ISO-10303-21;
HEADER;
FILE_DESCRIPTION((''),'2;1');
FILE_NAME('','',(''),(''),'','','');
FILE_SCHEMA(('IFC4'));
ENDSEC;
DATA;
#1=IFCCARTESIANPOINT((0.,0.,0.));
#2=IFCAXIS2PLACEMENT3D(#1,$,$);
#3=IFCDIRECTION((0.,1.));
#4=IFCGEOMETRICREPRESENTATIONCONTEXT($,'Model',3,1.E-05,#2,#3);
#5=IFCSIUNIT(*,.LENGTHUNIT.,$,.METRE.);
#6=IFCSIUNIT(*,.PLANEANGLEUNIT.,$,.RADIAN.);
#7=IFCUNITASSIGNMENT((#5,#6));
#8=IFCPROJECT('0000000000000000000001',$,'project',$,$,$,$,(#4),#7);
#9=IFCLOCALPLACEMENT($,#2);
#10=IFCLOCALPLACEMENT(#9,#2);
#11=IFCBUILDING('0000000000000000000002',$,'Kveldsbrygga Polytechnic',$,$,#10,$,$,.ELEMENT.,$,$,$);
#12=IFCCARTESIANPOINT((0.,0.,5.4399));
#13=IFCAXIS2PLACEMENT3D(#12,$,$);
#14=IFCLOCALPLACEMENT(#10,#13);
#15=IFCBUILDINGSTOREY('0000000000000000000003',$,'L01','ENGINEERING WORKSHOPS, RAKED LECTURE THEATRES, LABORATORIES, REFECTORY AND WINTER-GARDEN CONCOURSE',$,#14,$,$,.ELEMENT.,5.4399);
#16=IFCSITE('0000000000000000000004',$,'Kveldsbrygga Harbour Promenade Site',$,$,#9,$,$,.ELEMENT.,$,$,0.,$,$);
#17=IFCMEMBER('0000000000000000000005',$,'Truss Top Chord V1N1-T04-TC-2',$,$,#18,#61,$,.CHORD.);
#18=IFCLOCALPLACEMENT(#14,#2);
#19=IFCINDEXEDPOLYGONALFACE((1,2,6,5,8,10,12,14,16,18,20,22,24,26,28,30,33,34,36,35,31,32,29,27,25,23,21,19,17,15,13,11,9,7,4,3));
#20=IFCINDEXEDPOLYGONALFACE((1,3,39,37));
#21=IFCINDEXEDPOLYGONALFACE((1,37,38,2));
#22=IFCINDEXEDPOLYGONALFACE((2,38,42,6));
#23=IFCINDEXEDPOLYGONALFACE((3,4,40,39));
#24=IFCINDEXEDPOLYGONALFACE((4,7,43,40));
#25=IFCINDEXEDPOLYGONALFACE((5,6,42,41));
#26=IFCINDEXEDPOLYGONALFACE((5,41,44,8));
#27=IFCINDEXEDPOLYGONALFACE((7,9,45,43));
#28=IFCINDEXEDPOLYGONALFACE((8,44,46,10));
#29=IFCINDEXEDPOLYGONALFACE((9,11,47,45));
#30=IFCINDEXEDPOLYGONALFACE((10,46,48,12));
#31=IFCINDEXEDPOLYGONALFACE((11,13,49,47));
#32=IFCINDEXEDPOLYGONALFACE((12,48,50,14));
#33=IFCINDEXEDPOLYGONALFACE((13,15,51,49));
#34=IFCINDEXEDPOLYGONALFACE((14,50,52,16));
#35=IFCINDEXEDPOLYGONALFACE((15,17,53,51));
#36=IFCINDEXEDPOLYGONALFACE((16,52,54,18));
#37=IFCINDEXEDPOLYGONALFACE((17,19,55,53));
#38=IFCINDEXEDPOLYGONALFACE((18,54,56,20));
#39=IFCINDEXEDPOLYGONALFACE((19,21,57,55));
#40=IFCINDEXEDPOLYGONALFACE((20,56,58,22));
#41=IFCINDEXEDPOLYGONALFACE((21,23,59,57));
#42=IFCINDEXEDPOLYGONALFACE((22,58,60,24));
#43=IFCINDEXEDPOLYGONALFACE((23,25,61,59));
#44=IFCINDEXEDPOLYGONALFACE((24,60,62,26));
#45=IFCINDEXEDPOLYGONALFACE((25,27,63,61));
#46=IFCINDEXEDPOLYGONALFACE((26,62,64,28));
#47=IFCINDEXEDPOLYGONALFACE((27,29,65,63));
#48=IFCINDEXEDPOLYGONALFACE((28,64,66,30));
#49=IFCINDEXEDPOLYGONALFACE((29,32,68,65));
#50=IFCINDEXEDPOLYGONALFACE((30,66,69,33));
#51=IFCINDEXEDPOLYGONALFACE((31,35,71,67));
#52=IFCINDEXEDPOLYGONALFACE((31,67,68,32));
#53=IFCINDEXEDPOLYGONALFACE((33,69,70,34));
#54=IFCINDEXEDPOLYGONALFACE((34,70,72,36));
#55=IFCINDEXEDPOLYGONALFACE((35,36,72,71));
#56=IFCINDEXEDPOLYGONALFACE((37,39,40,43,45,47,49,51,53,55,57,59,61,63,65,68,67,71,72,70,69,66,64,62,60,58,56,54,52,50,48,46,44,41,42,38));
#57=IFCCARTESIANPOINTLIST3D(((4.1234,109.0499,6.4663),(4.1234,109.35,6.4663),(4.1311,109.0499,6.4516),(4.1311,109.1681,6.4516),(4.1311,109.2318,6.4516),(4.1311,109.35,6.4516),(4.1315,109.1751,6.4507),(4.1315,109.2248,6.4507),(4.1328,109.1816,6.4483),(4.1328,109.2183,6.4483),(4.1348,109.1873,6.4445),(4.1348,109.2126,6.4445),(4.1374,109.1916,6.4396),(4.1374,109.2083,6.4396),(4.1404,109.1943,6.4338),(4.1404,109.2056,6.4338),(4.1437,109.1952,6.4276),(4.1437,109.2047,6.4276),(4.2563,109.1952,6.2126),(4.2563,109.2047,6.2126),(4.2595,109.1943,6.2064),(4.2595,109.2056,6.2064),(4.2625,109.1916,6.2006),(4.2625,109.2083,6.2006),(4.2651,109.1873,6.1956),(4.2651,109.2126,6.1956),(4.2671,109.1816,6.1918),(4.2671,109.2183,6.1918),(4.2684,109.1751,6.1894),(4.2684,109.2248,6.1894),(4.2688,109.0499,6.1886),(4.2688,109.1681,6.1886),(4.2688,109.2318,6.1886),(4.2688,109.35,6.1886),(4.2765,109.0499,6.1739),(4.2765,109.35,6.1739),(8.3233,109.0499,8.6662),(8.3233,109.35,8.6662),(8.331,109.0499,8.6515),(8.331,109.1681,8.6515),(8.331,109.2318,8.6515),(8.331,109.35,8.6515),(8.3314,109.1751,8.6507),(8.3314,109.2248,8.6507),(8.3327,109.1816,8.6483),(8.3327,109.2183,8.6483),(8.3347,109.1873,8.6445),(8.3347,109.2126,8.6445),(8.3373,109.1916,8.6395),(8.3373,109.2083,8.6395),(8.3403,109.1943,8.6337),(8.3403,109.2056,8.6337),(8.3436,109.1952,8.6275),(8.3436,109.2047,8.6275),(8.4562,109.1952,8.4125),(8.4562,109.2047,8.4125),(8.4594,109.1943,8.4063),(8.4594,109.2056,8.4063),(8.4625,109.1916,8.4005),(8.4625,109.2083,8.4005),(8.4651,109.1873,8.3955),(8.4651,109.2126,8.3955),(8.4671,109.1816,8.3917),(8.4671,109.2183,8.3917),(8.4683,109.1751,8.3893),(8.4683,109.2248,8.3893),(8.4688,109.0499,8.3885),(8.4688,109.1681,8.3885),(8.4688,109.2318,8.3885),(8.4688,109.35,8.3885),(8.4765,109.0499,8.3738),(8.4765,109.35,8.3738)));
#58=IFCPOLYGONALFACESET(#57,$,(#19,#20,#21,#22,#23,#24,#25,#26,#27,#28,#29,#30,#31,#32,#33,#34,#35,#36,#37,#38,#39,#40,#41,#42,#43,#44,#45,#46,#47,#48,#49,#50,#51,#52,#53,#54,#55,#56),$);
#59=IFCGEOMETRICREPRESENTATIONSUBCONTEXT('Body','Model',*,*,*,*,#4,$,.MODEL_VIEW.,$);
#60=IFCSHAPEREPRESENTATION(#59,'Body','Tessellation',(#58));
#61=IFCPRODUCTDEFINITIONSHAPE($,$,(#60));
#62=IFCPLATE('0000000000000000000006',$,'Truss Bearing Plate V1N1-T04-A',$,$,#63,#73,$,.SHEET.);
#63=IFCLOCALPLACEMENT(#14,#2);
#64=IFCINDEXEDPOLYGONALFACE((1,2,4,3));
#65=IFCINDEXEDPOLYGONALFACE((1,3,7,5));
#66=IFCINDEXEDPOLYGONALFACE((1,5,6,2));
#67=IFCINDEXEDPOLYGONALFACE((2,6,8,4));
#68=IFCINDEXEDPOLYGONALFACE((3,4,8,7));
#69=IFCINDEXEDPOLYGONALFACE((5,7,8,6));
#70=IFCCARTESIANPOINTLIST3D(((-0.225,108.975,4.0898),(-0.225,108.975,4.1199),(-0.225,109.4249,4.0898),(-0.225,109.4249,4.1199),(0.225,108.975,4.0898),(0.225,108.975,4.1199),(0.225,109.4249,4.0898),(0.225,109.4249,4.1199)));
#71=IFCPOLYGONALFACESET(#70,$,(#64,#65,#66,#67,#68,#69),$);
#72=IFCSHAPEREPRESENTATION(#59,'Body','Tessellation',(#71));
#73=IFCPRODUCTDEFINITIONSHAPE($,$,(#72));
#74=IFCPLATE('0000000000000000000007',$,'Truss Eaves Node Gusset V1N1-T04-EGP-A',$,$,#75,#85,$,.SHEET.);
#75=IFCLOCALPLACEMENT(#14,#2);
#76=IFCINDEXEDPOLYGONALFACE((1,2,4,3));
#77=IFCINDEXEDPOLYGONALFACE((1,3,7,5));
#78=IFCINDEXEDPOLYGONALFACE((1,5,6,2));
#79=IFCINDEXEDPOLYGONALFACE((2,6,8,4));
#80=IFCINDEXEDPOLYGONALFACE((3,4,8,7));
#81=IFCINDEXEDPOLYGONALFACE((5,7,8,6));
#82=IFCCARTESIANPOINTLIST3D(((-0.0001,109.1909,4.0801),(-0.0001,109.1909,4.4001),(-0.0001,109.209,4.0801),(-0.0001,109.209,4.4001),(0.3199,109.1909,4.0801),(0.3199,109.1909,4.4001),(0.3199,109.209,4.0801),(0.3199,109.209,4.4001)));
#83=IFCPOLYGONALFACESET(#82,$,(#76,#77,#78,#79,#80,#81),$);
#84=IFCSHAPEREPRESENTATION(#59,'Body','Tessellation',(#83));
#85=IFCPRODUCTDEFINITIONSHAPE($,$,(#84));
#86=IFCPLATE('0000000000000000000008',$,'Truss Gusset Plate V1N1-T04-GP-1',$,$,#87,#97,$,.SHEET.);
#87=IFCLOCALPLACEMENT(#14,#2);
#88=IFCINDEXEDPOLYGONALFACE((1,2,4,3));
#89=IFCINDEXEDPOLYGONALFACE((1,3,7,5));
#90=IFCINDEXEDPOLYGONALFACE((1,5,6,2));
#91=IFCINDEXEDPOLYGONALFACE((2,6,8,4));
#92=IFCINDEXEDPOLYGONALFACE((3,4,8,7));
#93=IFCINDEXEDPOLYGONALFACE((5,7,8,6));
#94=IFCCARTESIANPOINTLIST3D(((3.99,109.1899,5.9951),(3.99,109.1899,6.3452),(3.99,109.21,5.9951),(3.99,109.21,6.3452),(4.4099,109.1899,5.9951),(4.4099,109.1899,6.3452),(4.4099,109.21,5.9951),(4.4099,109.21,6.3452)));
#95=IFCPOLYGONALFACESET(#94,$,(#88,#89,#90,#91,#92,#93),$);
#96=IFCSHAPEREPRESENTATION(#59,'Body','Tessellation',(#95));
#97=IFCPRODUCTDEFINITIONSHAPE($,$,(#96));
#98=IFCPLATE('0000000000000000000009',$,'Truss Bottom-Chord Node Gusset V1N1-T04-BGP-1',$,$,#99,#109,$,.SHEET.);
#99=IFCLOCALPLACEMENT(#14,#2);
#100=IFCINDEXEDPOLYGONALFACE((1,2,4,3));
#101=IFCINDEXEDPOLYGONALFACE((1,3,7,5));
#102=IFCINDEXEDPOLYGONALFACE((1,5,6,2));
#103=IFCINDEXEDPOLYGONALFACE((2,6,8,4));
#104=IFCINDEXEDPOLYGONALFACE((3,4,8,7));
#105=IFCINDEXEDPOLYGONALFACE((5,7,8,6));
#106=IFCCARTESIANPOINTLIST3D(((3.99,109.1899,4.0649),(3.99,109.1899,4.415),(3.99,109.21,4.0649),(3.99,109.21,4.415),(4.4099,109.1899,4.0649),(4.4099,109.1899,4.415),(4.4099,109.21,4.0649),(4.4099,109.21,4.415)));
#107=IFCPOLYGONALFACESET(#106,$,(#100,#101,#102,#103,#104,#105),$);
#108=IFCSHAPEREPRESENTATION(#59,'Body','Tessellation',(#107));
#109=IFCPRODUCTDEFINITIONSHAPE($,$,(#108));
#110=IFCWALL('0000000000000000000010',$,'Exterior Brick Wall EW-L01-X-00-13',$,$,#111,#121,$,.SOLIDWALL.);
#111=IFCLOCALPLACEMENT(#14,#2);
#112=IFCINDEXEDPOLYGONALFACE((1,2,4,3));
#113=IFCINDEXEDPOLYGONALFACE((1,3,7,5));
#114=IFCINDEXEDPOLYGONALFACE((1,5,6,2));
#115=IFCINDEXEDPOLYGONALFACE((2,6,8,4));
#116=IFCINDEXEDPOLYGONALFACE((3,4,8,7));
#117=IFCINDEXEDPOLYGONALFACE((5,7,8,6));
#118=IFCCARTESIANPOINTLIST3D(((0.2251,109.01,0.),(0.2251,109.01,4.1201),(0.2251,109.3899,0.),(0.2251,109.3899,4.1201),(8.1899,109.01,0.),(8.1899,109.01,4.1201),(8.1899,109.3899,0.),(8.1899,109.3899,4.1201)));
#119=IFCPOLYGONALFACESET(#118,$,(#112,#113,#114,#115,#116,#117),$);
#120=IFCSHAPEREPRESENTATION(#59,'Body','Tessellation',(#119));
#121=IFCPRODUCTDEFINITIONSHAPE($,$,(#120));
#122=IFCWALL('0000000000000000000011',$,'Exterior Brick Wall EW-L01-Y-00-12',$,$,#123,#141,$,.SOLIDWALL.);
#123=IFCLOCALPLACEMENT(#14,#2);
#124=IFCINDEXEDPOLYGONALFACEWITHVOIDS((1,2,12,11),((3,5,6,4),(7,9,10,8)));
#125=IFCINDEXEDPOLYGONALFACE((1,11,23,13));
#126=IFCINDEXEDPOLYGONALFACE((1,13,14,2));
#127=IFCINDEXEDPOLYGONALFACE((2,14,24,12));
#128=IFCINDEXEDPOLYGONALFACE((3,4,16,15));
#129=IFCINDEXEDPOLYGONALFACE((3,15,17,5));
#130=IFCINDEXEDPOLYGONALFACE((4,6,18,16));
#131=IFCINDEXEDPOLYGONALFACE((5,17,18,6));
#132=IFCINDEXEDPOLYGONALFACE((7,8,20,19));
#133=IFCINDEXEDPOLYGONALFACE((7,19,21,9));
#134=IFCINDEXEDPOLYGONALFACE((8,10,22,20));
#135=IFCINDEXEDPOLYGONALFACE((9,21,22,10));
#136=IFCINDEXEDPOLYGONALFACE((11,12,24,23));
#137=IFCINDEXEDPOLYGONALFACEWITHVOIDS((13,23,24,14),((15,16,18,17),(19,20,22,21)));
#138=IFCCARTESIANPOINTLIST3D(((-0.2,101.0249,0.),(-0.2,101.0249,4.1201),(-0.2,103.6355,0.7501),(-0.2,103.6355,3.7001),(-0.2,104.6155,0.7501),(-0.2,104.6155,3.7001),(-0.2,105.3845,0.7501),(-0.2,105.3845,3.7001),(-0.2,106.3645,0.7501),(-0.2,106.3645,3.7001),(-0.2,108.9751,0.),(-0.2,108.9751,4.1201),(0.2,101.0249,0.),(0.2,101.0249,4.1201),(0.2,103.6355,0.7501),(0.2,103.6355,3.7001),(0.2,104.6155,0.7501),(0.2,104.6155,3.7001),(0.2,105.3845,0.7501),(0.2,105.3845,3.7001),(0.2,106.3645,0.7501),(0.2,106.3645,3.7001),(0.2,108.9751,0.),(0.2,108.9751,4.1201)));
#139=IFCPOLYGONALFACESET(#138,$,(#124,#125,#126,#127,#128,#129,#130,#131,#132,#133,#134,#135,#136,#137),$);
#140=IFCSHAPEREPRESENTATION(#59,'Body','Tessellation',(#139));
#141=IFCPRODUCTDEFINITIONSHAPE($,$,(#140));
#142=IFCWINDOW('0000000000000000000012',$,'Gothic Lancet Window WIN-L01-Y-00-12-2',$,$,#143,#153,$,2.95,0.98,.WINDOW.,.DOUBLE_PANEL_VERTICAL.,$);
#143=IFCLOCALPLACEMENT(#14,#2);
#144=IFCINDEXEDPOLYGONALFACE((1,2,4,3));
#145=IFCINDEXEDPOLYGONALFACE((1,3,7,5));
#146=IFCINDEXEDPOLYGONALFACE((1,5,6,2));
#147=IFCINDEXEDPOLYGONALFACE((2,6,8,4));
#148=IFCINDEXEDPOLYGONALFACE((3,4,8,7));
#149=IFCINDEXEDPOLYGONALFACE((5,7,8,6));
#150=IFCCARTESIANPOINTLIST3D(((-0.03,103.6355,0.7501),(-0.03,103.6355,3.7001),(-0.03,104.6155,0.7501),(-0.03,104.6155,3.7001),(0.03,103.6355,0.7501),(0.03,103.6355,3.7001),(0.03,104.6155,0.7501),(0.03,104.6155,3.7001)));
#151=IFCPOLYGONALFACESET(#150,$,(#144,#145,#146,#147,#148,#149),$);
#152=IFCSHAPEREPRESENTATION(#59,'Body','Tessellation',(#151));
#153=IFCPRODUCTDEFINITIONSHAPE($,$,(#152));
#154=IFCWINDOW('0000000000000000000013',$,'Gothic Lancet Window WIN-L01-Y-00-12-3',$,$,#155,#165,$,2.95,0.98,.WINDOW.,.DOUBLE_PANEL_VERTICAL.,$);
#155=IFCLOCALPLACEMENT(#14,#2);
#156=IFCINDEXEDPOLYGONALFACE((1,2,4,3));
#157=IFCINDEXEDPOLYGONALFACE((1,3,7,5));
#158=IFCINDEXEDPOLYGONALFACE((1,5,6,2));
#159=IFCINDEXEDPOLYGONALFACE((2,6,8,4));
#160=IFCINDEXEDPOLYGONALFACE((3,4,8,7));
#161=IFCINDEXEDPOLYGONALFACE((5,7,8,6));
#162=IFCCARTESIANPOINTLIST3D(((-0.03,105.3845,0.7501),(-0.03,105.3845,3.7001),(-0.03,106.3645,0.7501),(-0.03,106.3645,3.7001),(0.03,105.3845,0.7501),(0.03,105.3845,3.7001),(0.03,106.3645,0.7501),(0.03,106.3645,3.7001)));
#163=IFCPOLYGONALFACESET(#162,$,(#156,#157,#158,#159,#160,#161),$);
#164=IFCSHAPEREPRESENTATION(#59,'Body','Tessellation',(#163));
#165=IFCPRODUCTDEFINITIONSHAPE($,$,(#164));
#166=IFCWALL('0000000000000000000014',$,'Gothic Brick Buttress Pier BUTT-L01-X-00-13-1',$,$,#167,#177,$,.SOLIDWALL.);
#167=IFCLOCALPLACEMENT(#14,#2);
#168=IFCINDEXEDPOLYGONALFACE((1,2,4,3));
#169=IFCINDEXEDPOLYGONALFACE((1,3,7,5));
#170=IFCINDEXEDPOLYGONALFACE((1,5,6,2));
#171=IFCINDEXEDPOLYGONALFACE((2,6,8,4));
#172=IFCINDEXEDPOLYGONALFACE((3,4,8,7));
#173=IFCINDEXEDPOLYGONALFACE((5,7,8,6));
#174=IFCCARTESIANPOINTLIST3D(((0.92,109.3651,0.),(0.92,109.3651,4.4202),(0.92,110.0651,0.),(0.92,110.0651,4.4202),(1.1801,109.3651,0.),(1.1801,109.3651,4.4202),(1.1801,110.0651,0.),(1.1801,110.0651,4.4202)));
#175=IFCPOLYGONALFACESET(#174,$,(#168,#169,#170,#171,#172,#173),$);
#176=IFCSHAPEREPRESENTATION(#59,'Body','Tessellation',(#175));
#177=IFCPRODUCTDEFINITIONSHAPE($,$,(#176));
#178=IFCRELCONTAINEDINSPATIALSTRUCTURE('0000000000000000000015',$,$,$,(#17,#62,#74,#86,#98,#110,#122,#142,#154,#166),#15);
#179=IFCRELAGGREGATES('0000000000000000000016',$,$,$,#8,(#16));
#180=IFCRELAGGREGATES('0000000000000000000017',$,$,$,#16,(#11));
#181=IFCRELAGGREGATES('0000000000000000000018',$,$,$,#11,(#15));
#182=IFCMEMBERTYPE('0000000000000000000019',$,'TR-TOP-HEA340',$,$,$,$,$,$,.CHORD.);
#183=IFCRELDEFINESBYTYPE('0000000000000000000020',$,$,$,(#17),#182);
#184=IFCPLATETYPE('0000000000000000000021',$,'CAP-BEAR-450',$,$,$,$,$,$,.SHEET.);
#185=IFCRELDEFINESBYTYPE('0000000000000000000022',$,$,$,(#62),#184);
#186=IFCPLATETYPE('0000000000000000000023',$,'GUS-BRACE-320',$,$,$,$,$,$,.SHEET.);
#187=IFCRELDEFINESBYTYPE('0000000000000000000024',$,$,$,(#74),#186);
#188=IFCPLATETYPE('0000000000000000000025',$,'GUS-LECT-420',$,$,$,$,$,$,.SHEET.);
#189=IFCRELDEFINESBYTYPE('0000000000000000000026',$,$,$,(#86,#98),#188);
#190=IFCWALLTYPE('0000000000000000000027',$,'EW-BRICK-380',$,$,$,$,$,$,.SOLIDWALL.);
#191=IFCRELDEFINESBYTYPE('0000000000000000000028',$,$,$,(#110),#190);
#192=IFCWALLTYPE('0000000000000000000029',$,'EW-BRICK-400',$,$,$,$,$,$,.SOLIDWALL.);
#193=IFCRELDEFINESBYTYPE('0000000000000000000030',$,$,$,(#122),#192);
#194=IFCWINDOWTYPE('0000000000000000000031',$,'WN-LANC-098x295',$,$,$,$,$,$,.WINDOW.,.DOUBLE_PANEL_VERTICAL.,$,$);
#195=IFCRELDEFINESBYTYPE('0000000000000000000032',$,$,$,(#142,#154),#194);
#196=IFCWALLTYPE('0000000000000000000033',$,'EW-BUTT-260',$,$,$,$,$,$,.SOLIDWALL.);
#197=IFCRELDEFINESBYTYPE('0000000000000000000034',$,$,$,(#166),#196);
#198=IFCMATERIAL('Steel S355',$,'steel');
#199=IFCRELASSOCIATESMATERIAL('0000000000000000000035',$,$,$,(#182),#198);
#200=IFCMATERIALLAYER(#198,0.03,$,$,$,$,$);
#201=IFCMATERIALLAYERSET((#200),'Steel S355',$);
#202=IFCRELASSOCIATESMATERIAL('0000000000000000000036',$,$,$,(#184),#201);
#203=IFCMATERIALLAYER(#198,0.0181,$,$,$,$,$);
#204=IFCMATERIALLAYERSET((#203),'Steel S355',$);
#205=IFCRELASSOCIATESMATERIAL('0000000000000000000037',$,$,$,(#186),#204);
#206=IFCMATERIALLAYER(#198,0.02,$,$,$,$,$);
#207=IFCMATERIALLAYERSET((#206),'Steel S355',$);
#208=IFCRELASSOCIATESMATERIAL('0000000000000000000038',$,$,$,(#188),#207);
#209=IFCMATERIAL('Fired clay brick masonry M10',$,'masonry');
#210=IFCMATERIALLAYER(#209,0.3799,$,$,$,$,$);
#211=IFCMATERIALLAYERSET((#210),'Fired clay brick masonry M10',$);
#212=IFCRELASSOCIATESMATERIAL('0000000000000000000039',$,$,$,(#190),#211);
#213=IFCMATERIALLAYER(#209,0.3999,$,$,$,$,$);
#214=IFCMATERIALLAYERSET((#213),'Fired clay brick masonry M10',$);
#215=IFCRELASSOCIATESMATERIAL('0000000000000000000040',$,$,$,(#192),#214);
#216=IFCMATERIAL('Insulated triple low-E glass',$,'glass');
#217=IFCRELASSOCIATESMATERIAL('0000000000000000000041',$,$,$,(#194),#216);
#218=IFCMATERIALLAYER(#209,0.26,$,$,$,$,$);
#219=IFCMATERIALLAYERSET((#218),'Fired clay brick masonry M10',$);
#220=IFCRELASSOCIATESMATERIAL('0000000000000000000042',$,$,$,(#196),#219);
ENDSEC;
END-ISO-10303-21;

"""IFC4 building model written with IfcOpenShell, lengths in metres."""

from ifc_helpers import new_model, si_unit, direction, frame, frame_2d, origin, origin_2d, place, context, subcontext, project, spatial, rectangle, i_section, extrude, material, layer, layer_set, material_profile, profile_set, type_object, element, fill, save


model = new_model("IFC4")

# Units and contexts
model_context = context("Model", 3, precision=1e-05, world=origin(), true_north=direction((0.0, 1.0)))
body_context = subcontext(model_context, "Body", "Model", "MODEL_VIEW")
ifc_project = project(units=[si_unit("LENGTHUNIT", "METRE"), si_unit("PLANEANGLEUNIT", "RADIAN")], contexts=[model_context])

# Site, building, storey
site_placement = place(None, origin())
site = spatial("IfcSite", under=ifc_project, at=site_placement, Name="Kveldsbrygga Harbour Promenade Site", CompositionType="ELEMENT", RefElevation=0.0)
building_placement = place(site_placement, origin())
building = spatial("IfcBuilding", under=site, at=building_placement, Name="Kveldsbrygga Polytechnic", CompositionType="ELEMENT")
storey_placement = place(building_placement, frame((0.0, 0.0, 5.4399)))
storey = spatial("IfcBuildingStorey", under=building, at=storey_placement, Name="L01", Description="ENGINEERING WORKSHOPS, RAKED LECTURE THEATRES, LABORATORIES, REFECTORY AND WINTER-GARDEN CONCOURSE", CompositionType="ELEMENT", Elevation=5.4399)

# Member
ifc_material_1 = material(Name="Steel S355", Category="steel")
ifc_material_profile_1 = material_profile(ifc_material_1, i_section(OverallWidth=0.3, OverallDepth=0.3301, WebThickness=0.0095, FlangeThickness=0.0166, FilletRadius=0.0271, at=origin_2d()), Name="HEA 340")
ifc_profile_set_1 = profile_set([ifc_material_profile_1], Name="Steel S355")
member_type_1 = type_object("IfcMemberType", Name="TR-TOP-HEA340", PredefinedType="CHORD", material=ifc_profile_set_1)
for number, where, z_axis, x_axis, name in (
    (1, (4.2, 109.2, 6.3201), (0.885834, 0.0, 0.464003), (0.0, 1.0, 0.0), "Truss Top Chord V1N1-T04-TC-2"),
):
    element("IfcMember", number, at=place(storey_placement, frame(where, z_axis=z_axis, x_axis=x_axis)), inside=storey, type_object=member_type_1, Name=name, PredefinedType="CHORD", context=body_context, shape_type="SweptSolid", body=[
        extrude(i_section(OverallWidth=0.3, OverallDepth=0.3301, WebThickness=0.0095, FlangeThickness=0.0166, FilletRadius=0.0271, at=origin_2d()), origin(), (0.0, 0.0, 1.0), 4.7412),
    ])

# Plates
ifc_layer_1 = layer(ifc_material_1, 0.03)
ifc_layer_set_1 = layer_set([ifc_layer_1], Name="Steel S355")
plate_type_1 = type_object("IfcPlateType", Name="CAP-BEAR-450", PredefinedType="SHEET", material=ifc_layer_set_1)
plate_1_placement = place(storey_placement, frame((0.0, 109.2, 4.0898), z_axis=(0.0, 0.0, 1.0), x_axis=(1.0, 0.0, 0.0)))
element("IfcPlate", 2, at=plate_1_placement, inside=storey, type_object=plate_type_1, Name="Truss Bearing Plate V1N1-T04-A", PredefinedType="SHEET", context=body_context, shape_type="SweptSolid", body=[
    extrude(rectangle(XDim=0.45, YDim=0.45, at=origin_2d()), origin(), (0.0, 0.0, 1.0), 0.03),
])
ifc_layer_2 = layer(ifc_material_1, 0.0181)
ifc_layer_set_2 = layer_set([ifc_layer_2], Name="Steel S355")
plate_type_2 = type_object("IfcPlateType", Name="GUS-BRACE-320", PredefinedType="SHEET", material=ifc_layer_set_2)
plate_2_placement = place(storey_placement, frame((0.1599, 109.2, 4.0801), z_axis=(0.0, 0.0, 1.0), x_axis=(1.0, 0.0, 0.0)))
element("IfcPlate", 3, at=plate_2_placement, inside=storey, type_object=plate_type_2, Name="Truss Eaves Node Gusset V1N1-T04-EGP-A", PredefinedType="SHEET", context=body_context, shape_type="SweptSolid", body=[
    extrude(rectangle(XDim=0.3201, YDim=0.0181, at=origin_2d()), origin(), (0.0, 0.0, 1.0), 0.3201),
])
ifc_layer_3 = layer(ifc_material_1, 0.02)
ifc_layer_set_3 = layer_set([ifc_layer_3], Name="Steel S355")
plate_type_3 = type_object("IfcPlateType", Name="GUS-LECT-420", PredefinedType="SHEET", material=ifc_layer_set_3)
for number, where, z_axis, x_axis, name in (
    (4, (4.2, 109.2, 5.9951), (0.0, 0.0, 1.0), (1.0, 0.0, 0.0), "Truss Gusset Plate V1N1-T04-GP-1"),
    (5, (4.2, 109.2, 4.0649), (0.0, 0.0, 1.0), (1.0, 0.0, 0.0), "Truss Bottom-Chord Node Gusset V1N1-T04-BGP-1"),
):
    element("IfcPlate", number, at=place(storey_placement, frame(where, z_axis=z_axis, x_axis=x_axis)), inside=storey, type_object=plate_type_3, Name=name, PredefinedType="SHEET", context=body_context, shape_type="SweptSolid", body=[
        extrude(rectangle(XDim=0.4199, YDim=0.02, at=origin_2d()), origin(), (0.0, 0.0, 1.0), 0.3501),
    ])

# Wall
ifc_material_2 = material(Name="Fired clay brick masonry M10", Category="masonry")
ifc_layer_4 = layer(ifc_material_2, 0.3799)
ifc_layer_set_4 = layer_set([ifc_layer_4], Name="Fired clay brick masonry M10")
wall_type_1 = type_object("IfcWallType", Name="EW-BRICK-380", PredefinedType="SOLIDWALL", material=ifc_layer_set_4)
wall_1_placement = place(storey_placement, frame((0.2251, 109.2, 0.0), z_axis=(0.0, 0.0, 1.0), x_axis=(1.0, 0.0, 0.0)))
element("IfcWall", 6, at=wall_1_placement, inside=storey, type_object=wall_type_1, Name="Exterior Brick Wall EW-L01-X-00-13", PredefinedType="SOLIDWALL", context=body_context, shape_type="SweptSolid", body=[
    extrude(rectangle(XDim=7.9648, YDim=0.3799, at=frame_2d((3.9824, 0.0))), origin(), (0.0, 0.0, 1.0), 4.1201),
])

# Wall, openings, windows
ifc_layer_5 = layer(ifc_material_2, 0.3999)
ifc_layer_set_5 = layer_set([ifc_layer_5], Name="Fired clay brick masonry M10")
wall_type_2 = type_object("IfcWallType", Name="EW-BRICK-400", PredefinedType="SOLIDWALL", material=ifc_layer_set_5)
wall_2_placement = place(storey_placement, frame((0.0, 101.0249, 0.0), z_axis=(0.0, 0.0, 1.0), x_axis=(0.0, 1.0, 0.0)))
wall_2 = element("IfcWall", 7, at=wall_2_placement, inside=storey, type_object=wall_type_2, Name="Exterior Brick Wall EW-L01-Y-00-12", PredefinedType="SOLIDWALL", context=body_context, shape_type="SweptSolid", body=[
    extrude(rectangle(XDim=7.9502, YDim=0.3999, at=frame_2d((3.9751, 0.0))), origin(), (0.0, 0.0, 1.0), 4.1201),
])
opening_1_placement = place(wall_2_placement, frame((2.6106, 0.0, 0.75)))
opening_1 = element("IfcOpeningElement", 8, at=opening_1_placement, cuts=wall_2, PredefinedType="OPENING", context=body_context, shape_type="SweptSolid", body=[
    extrude(rectangle(XDim=0.98, YDim=2.95, at=frame_2d((0.49, 1.4751))), frame((0.0, 0.21, 0.0), z_axis=(0.0, -1.0, 0.0), x_axis=(1.0, 0.0, 0.0)), (0.0, 0.0, 1.0), 0.4199),
])
opening_2_placement = place(wall_2_placement, frame((4.3596, 0.0, 0.75)))
opening_2 = element("IfcOpeningElement", 9, at=opening_2_placement, cuts=wall_2, PredefinedType="OPENING", context=body_context, shape_type="SweptSolid", body=[
    extrude(rectangle(XDim=0.98, YDim=2.95, at=frame_2d((0.49, 1.4751))), frame((0.0, 0.21, 0.0), z_axis=(0.0, -1.0, 0.0), x_axis=(1.0, 0.0, 0.0)), (0.0, 0.0, 1.0), 0.4199),
])
ifc_material_3 = material(Name="Insulated triple low-E glass", Category="glass")
window_type = type_object("IfcWindowType", Name="WN-LANC-098x295", PartitioningType="DOUBLE_PANEL_VERTICAL", PredefinedType="WINDOW", material=ifc_material_3)
window_1_placement = place(opening_1_placement, origin())
window_1 = element("IfcWindow", 10, at=window_1_placement, inside=storey, type_object=window_type, Name="Gothic Lancet Window WIN-L01-Y-00-12-2", OverallHeight=2.95, OverallWidth=0.98, PartitioningType="DOUBLE_PANEL_VERTICAL", PredefinedType="WINDOW", context=body_context, shape_type="SweptSolid", body=[
    extrude(rectangle(XDim=0.98, YDim=2.95, at=frame_2d((0.49, 1.4751))), frame((0.0, 0.03, 0.0), z_axis=(0.0, -1.0, 0.0), x_axis=(1.0, 0.0, 0.0)), (0.0, 0.0, 1.0), 0.0601),
])
fill(opening_1, window_1)
window_2_placement = place(opening_2_placement, origin())
window_2 = element("IfcWindow", 11, at=window_2_placement, inside=storey, type_object=window_type, Name="Gothic Lancet Window WIN-L01-Y-00-12-3", OverallHeight=2.95, OverallWidth=0.98, PartitioningType="DOUBLE_PANEL_VERTICAL", PredefinedType="WINDOW", context=body_context, shape_type="SweptSolid", body=[
    extrude(rectangle(XDim=0.98, YDim=2.95, at=frame_2d((0.49, 1.4751))), frame((0.0, 0.03, 0.0), z_axis=(0.0, -1.0, 0.0), x_axis=(1.0, 0.0, 0.0)), (0.0, 0.0, 1.0), 0.0601),
])
fill(opening_2, window_2)

# Wall
ifc_layer_6 = layer(ifc_material_2, 0.26)
ifc_layer_set_6 = layer_set([ifc_layer_6], Name="Fired clay brick masonry M10")
wall_type_3 = type_object("IfcWallType", Name="EW-BUTT-260", PredefinedType="SOLIDWALL", material=ifc_layer_set_6)
for number, where, z_axis, x_axis, name in (
    (12, (1.05, 109.365, 0.0), (0.0, 0.0, 1.0), (0.0, 1.0, 0.0), "Gothic Brick Buttress Pier BUTT-L01-X-00-13-1"),
):
    element("IfcWall", number, at=place(storey_placement, frame(where, z_axis=z_axis, x_axis=x_axis)), inside=storey, type_object=wall_type_3, Name=name, PredefinedType="SOLIDWALL", context=body_context, shape_type="SweptSolid", body=[
        extrude(rectangle(XDim=0.7, YDim=0.26, at=frame_2d((0.3501, 0.0))), origin(), (0.0, 0.0, 1.0), 4.4202),
    ])

save(model, "model.ifc")
